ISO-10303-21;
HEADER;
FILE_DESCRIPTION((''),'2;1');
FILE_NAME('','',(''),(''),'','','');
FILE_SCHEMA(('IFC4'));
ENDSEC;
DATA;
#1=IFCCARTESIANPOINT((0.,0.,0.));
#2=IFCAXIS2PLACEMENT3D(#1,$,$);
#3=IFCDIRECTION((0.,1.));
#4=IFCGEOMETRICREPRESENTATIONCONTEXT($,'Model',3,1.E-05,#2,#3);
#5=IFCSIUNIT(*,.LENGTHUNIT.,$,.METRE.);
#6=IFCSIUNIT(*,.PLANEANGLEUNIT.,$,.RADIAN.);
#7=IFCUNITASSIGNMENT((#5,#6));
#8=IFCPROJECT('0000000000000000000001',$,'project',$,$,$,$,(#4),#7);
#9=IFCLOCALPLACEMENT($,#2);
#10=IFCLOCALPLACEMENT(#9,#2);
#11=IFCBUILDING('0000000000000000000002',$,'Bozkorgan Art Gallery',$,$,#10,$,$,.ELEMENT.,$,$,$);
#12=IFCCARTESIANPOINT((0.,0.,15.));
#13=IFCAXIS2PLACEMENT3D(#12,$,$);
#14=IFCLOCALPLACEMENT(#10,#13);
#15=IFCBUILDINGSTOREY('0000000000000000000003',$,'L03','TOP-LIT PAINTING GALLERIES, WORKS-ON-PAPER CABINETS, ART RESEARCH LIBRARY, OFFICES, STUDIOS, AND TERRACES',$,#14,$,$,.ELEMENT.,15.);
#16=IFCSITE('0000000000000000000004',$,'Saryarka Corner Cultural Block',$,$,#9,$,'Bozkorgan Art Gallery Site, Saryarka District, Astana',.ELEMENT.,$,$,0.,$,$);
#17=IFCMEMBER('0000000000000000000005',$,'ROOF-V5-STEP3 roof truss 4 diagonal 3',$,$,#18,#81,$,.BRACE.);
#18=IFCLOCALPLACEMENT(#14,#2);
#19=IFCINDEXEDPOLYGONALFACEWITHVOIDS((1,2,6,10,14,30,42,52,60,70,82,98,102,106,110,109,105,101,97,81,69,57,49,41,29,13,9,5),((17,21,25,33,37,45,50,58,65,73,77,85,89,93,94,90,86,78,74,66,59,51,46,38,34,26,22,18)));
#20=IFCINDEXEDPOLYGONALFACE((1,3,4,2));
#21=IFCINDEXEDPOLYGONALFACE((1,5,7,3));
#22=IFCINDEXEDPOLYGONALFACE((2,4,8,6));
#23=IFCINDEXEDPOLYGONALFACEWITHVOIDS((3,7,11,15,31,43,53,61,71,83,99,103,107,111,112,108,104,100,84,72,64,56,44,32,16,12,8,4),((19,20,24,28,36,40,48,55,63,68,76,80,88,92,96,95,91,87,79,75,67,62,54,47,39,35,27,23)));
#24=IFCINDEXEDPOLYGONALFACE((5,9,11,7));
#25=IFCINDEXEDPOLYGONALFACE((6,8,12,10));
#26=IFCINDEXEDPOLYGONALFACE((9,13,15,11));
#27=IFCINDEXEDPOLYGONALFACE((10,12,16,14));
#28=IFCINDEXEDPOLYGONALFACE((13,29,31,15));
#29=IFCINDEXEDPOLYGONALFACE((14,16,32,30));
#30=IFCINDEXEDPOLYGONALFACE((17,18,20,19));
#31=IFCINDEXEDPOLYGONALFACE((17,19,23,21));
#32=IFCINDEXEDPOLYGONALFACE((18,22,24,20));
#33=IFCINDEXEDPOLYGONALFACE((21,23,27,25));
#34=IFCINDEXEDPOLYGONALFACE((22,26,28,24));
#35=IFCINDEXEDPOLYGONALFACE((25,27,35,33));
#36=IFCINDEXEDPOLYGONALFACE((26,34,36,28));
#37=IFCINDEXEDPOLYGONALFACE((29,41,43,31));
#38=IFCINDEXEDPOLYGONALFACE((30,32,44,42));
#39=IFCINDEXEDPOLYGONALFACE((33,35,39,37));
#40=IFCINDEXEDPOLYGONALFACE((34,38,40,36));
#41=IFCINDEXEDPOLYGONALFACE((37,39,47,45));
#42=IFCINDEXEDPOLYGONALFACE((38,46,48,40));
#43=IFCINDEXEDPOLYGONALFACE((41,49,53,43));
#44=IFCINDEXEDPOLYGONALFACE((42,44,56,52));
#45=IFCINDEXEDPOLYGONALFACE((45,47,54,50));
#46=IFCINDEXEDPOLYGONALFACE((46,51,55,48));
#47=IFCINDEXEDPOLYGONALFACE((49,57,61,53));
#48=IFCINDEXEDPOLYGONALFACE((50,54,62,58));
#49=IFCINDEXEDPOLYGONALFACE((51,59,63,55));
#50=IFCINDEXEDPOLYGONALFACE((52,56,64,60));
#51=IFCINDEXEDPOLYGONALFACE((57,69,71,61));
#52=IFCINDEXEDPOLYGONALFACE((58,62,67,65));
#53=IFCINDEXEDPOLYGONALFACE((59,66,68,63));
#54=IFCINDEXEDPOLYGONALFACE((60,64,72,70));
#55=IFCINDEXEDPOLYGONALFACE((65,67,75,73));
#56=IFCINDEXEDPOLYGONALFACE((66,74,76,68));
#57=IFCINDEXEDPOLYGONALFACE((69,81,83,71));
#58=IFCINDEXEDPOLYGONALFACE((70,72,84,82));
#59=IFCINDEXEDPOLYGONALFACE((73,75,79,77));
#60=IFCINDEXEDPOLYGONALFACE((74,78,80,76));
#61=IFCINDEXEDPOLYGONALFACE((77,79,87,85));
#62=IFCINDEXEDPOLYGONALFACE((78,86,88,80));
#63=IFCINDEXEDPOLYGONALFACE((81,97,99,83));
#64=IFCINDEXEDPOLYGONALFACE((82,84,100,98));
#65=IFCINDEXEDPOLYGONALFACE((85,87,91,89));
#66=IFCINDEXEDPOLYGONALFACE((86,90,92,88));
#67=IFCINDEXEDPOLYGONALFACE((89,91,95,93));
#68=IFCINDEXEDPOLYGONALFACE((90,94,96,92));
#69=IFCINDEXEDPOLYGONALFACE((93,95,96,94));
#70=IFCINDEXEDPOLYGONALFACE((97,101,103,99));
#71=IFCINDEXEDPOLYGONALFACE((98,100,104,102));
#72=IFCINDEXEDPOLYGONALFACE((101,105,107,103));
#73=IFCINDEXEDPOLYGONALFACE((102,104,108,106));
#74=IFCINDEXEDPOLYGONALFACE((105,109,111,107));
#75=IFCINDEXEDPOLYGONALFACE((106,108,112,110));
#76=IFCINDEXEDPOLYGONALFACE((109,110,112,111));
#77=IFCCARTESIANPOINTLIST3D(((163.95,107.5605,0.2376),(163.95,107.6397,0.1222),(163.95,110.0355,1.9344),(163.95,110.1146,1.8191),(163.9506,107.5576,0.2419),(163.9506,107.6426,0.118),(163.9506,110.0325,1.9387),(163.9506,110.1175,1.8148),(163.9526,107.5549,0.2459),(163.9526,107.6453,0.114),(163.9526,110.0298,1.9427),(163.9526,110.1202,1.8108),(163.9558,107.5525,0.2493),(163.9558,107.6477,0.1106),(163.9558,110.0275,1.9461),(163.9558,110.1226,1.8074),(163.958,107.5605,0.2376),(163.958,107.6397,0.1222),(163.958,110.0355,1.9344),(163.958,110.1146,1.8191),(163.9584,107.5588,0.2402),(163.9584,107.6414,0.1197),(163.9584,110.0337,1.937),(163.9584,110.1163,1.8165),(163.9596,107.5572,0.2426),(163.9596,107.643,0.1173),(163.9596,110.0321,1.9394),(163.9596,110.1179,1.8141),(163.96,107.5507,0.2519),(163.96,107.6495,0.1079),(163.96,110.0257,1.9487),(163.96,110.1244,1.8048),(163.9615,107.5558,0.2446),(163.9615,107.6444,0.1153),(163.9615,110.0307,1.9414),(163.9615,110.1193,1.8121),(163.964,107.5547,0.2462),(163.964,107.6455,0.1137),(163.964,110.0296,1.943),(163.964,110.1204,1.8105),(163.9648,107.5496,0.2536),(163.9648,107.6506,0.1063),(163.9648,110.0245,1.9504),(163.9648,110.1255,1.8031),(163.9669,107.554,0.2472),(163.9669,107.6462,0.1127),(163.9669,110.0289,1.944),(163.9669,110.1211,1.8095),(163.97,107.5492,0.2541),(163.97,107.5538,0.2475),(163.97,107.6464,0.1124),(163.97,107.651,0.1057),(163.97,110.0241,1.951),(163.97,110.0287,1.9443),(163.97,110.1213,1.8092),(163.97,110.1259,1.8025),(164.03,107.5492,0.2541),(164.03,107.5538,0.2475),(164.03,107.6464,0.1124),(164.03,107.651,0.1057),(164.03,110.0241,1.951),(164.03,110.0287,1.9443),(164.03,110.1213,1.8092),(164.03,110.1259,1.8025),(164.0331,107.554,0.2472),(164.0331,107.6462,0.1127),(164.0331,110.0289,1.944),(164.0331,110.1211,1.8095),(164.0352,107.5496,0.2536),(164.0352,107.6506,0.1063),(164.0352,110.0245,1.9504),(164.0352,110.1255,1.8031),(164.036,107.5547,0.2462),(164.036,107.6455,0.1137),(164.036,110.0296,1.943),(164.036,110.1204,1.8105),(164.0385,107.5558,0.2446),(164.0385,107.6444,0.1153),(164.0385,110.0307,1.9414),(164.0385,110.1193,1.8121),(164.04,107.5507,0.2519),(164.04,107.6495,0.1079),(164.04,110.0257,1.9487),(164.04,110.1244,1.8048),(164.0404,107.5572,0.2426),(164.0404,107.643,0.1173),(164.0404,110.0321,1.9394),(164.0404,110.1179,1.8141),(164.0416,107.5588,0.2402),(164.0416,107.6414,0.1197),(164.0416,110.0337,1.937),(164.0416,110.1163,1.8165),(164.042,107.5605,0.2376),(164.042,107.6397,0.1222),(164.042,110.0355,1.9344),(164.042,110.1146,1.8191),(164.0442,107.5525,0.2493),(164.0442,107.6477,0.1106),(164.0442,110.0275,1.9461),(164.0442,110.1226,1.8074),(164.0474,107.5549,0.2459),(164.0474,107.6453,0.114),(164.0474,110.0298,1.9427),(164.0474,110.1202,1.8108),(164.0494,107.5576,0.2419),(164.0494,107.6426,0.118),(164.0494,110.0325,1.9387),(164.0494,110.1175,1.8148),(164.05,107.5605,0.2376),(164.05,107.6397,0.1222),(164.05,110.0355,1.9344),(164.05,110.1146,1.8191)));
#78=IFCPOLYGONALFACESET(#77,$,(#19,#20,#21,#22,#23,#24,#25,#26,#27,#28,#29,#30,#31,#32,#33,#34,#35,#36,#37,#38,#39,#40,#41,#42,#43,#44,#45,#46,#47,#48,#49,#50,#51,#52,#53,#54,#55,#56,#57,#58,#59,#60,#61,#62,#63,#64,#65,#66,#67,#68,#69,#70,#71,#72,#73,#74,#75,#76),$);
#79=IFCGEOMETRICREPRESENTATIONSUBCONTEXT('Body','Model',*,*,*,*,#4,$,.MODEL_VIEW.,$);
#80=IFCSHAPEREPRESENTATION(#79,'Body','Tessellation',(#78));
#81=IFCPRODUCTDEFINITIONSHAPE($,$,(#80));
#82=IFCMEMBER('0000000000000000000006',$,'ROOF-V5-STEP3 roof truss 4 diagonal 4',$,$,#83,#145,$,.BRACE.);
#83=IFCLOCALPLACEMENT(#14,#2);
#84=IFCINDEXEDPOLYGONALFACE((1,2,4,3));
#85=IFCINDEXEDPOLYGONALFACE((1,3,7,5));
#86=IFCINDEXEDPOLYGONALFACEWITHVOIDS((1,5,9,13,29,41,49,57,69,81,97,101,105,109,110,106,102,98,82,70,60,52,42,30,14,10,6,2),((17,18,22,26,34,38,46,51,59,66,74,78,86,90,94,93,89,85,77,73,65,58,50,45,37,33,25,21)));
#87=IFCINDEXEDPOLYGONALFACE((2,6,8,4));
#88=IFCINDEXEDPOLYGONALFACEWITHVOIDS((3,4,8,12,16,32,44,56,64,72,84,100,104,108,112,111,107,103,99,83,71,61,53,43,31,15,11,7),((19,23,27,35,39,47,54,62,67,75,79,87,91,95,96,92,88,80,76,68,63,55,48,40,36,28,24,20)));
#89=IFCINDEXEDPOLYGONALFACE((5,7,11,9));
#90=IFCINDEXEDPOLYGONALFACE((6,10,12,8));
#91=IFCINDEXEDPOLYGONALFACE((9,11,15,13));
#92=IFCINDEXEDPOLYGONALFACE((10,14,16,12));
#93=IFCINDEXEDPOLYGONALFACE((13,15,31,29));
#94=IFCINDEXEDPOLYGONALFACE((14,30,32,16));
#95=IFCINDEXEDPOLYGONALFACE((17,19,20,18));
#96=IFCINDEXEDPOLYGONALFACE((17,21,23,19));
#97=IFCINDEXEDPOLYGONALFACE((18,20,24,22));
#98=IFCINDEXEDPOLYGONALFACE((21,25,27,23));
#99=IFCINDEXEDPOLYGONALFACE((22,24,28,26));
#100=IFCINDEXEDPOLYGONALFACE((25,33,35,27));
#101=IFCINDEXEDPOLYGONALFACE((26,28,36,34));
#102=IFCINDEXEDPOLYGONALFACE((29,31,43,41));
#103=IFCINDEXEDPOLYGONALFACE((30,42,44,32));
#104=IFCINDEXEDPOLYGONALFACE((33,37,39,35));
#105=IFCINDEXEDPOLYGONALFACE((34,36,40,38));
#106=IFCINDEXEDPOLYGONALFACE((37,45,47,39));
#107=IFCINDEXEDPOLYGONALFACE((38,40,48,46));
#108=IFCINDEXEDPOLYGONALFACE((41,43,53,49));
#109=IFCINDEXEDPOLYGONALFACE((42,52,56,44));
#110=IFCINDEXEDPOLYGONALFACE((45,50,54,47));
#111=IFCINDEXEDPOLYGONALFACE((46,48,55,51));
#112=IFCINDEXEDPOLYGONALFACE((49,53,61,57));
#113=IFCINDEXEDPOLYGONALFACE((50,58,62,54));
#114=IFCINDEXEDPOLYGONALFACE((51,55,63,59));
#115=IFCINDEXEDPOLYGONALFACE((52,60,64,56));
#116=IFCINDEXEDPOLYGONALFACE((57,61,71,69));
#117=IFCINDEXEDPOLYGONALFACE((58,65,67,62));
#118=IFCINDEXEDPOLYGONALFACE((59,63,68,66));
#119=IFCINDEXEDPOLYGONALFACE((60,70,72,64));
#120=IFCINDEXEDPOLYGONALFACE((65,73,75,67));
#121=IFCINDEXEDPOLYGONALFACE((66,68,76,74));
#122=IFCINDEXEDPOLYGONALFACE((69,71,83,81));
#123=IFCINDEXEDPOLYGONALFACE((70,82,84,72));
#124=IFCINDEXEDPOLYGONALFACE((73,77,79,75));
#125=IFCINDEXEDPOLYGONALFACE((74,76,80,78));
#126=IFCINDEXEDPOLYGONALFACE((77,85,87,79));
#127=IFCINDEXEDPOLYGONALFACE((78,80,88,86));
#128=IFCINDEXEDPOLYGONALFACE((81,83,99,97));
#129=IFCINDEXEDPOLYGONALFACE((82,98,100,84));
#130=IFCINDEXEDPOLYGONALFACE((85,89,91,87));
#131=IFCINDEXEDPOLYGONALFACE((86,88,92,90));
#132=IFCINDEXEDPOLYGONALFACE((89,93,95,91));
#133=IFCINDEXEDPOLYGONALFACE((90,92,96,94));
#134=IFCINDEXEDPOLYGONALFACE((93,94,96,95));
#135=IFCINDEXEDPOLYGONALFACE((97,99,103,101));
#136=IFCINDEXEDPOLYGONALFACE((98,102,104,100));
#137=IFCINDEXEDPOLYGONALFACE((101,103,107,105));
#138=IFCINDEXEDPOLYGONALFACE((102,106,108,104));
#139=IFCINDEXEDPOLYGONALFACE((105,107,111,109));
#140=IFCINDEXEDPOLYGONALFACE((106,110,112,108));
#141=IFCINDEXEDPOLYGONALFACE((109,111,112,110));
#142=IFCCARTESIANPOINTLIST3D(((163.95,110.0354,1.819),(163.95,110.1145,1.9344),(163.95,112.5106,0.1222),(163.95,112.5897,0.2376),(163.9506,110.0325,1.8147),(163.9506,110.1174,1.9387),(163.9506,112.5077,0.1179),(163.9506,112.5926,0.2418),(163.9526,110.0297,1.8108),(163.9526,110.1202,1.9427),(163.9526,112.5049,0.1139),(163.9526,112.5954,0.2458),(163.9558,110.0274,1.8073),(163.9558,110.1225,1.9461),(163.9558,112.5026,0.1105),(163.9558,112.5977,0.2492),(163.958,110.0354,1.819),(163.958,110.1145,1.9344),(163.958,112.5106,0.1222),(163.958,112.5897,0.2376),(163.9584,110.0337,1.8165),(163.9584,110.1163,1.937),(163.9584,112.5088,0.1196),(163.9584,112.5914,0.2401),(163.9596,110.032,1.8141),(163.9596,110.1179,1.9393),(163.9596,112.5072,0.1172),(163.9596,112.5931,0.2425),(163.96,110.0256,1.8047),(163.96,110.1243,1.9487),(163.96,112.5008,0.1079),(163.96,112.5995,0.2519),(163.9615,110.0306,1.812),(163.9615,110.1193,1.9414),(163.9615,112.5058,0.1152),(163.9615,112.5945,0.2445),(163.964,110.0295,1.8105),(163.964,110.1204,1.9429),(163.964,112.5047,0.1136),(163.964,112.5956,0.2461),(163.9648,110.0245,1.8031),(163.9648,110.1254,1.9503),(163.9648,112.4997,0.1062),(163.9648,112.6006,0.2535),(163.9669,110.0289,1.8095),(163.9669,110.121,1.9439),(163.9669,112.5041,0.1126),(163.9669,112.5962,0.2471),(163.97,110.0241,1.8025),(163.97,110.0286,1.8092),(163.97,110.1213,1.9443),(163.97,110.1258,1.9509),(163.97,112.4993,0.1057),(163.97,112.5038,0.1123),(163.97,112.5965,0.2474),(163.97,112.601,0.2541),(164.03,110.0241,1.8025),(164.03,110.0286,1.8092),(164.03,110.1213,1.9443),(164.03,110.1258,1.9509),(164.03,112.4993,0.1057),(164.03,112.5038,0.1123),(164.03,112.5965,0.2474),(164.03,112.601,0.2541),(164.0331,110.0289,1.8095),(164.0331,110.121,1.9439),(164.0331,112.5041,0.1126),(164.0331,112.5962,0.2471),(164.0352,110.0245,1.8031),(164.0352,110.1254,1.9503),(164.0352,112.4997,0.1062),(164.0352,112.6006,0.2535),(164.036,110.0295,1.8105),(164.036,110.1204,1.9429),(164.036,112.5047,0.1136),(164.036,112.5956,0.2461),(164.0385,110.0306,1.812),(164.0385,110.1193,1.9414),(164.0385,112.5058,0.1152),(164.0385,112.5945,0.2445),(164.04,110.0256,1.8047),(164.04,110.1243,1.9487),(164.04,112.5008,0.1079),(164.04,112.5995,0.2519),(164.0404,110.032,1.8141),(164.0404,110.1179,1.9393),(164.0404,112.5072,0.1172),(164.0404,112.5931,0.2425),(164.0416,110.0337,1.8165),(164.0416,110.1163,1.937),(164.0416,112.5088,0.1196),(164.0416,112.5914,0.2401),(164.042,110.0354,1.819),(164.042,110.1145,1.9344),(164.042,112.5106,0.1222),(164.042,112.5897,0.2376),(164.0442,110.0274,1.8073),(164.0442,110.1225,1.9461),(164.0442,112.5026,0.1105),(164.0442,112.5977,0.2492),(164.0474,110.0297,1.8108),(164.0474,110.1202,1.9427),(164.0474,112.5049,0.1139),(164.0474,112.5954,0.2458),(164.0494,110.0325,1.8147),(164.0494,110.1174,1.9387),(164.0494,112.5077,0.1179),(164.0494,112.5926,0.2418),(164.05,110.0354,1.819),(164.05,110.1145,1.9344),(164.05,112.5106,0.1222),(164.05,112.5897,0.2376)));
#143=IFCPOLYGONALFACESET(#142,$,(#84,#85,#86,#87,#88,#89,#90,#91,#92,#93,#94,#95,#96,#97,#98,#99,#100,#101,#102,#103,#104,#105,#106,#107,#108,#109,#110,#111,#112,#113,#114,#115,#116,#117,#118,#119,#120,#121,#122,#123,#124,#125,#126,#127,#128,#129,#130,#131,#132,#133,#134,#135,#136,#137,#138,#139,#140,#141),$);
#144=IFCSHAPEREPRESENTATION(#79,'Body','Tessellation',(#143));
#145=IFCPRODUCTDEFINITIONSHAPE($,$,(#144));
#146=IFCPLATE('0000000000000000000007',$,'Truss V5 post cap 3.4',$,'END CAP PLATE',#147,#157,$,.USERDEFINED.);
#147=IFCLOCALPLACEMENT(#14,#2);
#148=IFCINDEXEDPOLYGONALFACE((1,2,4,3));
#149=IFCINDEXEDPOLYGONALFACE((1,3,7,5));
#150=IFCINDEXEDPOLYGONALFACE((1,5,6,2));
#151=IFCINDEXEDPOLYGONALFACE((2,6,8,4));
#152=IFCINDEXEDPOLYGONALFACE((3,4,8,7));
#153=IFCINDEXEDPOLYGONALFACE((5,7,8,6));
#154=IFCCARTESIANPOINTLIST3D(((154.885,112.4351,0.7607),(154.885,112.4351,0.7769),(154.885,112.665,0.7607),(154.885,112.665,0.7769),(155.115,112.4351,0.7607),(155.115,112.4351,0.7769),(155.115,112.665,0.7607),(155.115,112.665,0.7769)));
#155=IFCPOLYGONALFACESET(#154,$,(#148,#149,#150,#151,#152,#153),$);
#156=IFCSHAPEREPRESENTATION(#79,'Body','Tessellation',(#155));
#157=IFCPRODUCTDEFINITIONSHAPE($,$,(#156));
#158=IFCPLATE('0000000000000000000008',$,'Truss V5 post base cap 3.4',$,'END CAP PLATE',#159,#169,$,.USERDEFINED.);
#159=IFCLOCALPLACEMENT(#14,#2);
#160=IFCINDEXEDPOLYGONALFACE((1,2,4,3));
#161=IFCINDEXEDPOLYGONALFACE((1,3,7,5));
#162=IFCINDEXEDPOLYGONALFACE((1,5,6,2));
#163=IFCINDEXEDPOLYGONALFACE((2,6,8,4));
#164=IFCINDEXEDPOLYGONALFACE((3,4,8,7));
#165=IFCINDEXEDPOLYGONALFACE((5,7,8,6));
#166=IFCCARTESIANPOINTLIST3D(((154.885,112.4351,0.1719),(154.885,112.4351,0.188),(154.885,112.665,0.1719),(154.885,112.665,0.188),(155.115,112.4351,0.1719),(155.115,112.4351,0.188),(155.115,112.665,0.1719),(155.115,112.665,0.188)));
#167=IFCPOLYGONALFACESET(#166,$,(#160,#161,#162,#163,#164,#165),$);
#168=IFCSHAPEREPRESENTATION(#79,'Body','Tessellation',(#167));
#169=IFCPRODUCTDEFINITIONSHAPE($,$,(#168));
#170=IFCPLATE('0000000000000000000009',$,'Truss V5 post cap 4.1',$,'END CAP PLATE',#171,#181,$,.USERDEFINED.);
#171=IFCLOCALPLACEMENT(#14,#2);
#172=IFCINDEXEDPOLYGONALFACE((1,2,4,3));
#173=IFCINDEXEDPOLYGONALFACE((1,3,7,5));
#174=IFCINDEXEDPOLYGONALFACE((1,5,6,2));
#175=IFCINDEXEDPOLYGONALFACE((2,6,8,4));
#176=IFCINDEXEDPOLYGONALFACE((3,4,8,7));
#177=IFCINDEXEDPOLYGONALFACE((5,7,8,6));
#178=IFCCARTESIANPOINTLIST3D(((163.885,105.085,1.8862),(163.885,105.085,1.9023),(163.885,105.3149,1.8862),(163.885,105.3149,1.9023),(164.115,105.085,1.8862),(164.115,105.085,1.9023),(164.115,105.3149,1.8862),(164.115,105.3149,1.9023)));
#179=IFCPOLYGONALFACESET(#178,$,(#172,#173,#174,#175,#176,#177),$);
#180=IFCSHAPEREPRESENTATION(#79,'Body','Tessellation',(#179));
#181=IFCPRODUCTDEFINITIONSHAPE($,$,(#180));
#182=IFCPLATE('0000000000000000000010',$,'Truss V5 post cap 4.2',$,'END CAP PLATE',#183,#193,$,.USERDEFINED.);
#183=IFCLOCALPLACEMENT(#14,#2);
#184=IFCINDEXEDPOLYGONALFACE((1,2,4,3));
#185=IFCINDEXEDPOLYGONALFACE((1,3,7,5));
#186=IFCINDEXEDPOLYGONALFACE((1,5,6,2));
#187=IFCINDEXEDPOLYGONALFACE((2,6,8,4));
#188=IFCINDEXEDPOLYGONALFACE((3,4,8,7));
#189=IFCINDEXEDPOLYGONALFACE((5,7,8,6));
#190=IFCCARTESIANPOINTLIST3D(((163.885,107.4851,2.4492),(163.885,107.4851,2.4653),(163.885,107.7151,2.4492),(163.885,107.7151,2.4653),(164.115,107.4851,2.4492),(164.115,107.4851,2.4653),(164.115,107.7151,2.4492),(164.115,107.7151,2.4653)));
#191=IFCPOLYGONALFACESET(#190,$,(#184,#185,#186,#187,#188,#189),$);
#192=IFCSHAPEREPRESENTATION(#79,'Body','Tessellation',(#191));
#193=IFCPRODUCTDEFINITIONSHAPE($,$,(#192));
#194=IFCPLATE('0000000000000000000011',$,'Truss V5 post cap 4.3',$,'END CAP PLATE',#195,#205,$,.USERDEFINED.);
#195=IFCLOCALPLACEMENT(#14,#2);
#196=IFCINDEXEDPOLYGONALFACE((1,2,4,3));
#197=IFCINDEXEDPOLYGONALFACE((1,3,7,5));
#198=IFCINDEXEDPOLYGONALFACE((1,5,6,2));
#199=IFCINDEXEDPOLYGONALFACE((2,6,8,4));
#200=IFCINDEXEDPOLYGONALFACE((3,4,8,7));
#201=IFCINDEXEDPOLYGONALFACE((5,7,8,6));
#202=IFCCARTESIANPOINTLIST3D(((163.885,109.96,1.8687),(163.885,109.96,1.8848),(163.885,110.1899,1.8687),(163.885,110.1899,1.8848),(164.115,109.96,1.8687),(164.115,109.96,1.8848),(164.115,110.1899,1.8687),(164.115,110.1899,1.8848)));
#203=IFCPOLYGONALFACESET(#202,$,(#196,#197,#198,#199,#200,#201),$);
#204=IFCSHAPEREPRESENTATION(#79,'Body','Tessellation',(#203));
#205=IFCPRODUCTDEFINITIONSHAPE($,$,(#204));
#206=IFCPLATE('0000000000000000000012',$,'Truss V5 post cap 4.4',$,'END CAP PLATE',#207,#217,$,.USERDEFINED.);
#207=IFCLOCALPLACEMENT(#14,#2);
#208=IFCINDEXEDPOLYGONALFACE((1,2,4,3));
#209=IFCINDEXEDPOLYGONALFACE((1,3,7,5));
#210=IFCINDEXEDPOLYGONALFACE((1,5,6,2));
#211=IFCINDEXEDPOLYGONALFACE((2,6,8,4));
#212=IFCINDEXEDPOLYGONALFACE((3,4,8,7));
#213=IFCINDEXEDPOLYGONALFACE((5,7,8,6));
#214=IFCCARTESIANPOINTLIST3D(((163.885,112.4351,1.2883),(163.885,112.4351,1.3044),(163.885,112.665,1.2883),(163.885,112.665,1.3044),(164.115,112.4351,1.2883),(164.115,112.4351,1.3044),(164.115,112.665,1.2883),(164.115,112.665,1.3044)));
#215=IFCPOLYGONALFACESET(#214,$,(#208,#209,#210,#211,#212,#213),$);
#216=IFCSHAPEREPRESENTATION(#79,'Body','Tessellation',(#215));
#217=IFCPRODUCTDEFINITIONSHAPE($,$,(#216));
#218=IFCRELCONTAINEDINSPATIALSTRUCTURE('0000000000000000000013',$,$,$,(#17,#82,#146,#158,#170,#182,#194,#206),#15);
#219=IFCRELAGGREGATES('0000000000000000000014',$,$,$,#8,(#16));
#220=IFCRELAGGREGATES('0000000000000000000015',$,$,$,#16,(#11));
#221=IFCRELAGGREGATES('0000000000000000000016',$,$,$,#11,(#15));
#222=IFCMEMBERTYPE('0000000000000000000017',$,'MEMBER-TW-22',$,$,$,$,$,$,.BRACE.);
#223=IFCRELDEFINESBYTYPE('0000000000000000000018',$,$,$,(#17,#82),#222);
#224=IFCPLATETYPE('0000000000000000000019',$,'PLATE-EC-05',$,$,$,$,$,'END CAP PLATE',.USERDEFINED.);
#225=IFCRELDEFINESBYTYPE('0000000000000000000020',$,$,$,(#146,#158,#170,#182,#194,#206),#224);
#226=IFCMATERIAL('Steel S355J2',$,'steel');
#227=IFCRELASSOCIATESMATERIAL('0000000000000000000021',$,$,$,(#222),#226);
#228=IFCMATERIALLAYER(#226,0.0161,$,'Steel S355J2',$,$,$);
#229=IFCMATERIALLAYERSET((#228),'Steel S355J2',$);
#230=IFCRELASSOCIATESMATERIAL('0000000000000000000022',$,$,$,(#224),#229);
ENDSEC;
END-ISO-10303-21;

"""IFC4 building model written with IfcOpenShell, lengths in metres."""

from ifc_helpers import new_model, si_unit, direction, frame, origin, origin_2d, place, context, subcontext, project, spatial, rectangle, hollow_rectangle, extrude, material, layer, layer_set, material_profile, profile_set, type_object, element, save


model = new_model("IFC4")

# Units and contexts
model_context = context("Model", 3, precision=1e-05, world=origin(), true_north=direction((0.0, 1.0)))
body_context = subcontext(model_context, "Body", "Model", "MODEL_VIEW")
ifc_project = project(units=[si_unit("LENGTHUNIT", "METRE"), si_unit("PLANEANGLEUNIT", "RADIAN")], contexts=[model_context])

# Site, building, storey
site_placement = place(None, origin())
site = spatial("IfcSite", under=ifc_project, at=site_placement, Name="Saryarka Corner Cultural Block", LongName="Bozkorgan Art Gallery Site, Saryarka District, Astana", CompositionType="ELEMENT", RefElevation=0.0)
building_placement = place(site_placement, origin())
building = spatial("IfcBuilding", under=site, at=building_placement, Name="Bozkorgan Art Gallery", CompositionType="ELEMENT")
storey_placement = place(building_placement, frame((0.0, 0.0, 15.0)))
storey = spatial("IfcBuildingStorey", under=building, at=storey_placement, Name="L03", Description="TOP-LIT PAINTING GALLERIES, WORKS-ON-PAPER CABINETS, ART RESEARCH LIBRARY, OFFICES, STUDIOS, AND TERRACES", CompositionType="ELEMENT", Elevation=15.0)

# Shared definitions
ifc_material_1 = material(Name="Steel S355J2", Category="steel")

# Members
ifc_material_profile_1 = material_profile(ifc_material_1, hollow_rectangle(XDim=0.1001, YDim=0.1799, WallThickness=0.0081, InnerFilletRadius=0.012, OuterFilletRadius=0.02, at=origin_2d()), Name="RHS 180x100x8")
ifc_profile_set_1 = profile_set([ifc_material_profile_1], Name="Steel S355J2")
member_type_1 = type_object("IfcMemberType", Name="MEMBER-TW-22", PredefinedType="BRACE", material=ifc_profile_set_1)
member_1_placement = place(storey_placement, frame((164.0, 107.6001, 0.1799), z_axis=(0.0, 0.82477, 0.565468), x_axis=(-1.0, 0.0, 0.0)))
element("IfcMember", 1, at=member_1_placement, inside=storey, type_object=member_type_1, Name="ROOF-V5-STEP3 roof truss 4 diagonal 3", PredefinedType="BRACE", context=body_context, shape_type="SweptSolid", body=[
    extrude(hollow_rectangle(XDim=0.1001, YDim=0.1799, WallThickness=0.0081, InnerFilletRadius=0.012, OuterFilletRadius=0.02, at=origin_2d()), origin(), (0.0, 0.0, 1.0), 3.0007),
])
member_2_placement = place(storey_placement, frame((164.0, 110.075, 1.8767), z_axis=(0.0, 0.824796, -0.56543), x_axis=(-1.0, 0.0, 0.0)))
element("IfcMember", 2, at=member_2_placement, inside=storey, type_object=member_type_1, Name="ROOF-V5-STEP3 roof truss 4 diagonal 4", PredefinedType="BRACE", context=body_context, shape_type="SweptSolid", body=[
    extrude(hollow_rectangle(XDim=0.1001, YDim=0.1799, WallThickness=0.0081, InnerFilletRadius=0.012, OuterFilletRadius=0.02, at=origin_2d()), origin(), (0.0, 0.0, 1.0), 3.001),
])

# Plates
ifc_layer_1 = layer(ifc_material_1, 0.0161, Name="Steel S355J2")
ifc_layer_set_1 = layer_set([ifc_layer_1], Name="Steel S355J2")
plate_type_1 = type_object("IfcPlateType", Name="PLATE-EC-05", ElementType="END CAP PLATE", PredefinedType="USERDEFINED", material=ifc_layer_set_1)
for number, where, z_axis, x_axis, name in (
    (3, (155.0, 112.55, 0.7607), (0.0, 0.0, 1.0), (1.0, 0.0, 0.0), "Truss V5 post cap 3.4"),
    (4, (155.0, 112.55, 0.1719), (0.0, 0.0, 1.0), (1.0, 0.0, 0.0), "Truss V5 post base cap 3.4"),
    (5, (164.0, 105.2, 1.8862), (0.0, 0.0, 1.0), (1.0, 0.0, 0.0), "Truss V5 post cap 4.1"),
    (6, (164.0, 107.6001, 2.4492), (0.0, 0.0, 1.0), (1.0, 0.0, 0.0), "Truss V5 post cap 4.2"),
    (7, (164.0, 110.075, 1.8687), (0.0, 0.0, 1.0), (1.0, 0.0, 0.0), "Truss V5 post cap 4.3"),
    (8, (164.0, 112.55, 1.2883), (0.0, 0.0, 1.0), (1.0, 0.0, 0.0), "Truss V5 post cap 4.4"),
):
    element("IfcPlate", number, at=place(storey_placement, frame(where, z_axis=z_axis, x_axis=x_axis)), inside=storey, type_object=plate_type_1, Name=name, ObjectType="END CAP PLATE", PredefinedType="USERDEFINED", context=body_context, shape_type="SweptSolid", body=[
        extrude(rectangle(XDim=0.23, YDim=0.23, at=origin_2d()), origin(), (0.0, 0.0, 1.0), 0.0161),
    ])

save(model, "model.ifc")
